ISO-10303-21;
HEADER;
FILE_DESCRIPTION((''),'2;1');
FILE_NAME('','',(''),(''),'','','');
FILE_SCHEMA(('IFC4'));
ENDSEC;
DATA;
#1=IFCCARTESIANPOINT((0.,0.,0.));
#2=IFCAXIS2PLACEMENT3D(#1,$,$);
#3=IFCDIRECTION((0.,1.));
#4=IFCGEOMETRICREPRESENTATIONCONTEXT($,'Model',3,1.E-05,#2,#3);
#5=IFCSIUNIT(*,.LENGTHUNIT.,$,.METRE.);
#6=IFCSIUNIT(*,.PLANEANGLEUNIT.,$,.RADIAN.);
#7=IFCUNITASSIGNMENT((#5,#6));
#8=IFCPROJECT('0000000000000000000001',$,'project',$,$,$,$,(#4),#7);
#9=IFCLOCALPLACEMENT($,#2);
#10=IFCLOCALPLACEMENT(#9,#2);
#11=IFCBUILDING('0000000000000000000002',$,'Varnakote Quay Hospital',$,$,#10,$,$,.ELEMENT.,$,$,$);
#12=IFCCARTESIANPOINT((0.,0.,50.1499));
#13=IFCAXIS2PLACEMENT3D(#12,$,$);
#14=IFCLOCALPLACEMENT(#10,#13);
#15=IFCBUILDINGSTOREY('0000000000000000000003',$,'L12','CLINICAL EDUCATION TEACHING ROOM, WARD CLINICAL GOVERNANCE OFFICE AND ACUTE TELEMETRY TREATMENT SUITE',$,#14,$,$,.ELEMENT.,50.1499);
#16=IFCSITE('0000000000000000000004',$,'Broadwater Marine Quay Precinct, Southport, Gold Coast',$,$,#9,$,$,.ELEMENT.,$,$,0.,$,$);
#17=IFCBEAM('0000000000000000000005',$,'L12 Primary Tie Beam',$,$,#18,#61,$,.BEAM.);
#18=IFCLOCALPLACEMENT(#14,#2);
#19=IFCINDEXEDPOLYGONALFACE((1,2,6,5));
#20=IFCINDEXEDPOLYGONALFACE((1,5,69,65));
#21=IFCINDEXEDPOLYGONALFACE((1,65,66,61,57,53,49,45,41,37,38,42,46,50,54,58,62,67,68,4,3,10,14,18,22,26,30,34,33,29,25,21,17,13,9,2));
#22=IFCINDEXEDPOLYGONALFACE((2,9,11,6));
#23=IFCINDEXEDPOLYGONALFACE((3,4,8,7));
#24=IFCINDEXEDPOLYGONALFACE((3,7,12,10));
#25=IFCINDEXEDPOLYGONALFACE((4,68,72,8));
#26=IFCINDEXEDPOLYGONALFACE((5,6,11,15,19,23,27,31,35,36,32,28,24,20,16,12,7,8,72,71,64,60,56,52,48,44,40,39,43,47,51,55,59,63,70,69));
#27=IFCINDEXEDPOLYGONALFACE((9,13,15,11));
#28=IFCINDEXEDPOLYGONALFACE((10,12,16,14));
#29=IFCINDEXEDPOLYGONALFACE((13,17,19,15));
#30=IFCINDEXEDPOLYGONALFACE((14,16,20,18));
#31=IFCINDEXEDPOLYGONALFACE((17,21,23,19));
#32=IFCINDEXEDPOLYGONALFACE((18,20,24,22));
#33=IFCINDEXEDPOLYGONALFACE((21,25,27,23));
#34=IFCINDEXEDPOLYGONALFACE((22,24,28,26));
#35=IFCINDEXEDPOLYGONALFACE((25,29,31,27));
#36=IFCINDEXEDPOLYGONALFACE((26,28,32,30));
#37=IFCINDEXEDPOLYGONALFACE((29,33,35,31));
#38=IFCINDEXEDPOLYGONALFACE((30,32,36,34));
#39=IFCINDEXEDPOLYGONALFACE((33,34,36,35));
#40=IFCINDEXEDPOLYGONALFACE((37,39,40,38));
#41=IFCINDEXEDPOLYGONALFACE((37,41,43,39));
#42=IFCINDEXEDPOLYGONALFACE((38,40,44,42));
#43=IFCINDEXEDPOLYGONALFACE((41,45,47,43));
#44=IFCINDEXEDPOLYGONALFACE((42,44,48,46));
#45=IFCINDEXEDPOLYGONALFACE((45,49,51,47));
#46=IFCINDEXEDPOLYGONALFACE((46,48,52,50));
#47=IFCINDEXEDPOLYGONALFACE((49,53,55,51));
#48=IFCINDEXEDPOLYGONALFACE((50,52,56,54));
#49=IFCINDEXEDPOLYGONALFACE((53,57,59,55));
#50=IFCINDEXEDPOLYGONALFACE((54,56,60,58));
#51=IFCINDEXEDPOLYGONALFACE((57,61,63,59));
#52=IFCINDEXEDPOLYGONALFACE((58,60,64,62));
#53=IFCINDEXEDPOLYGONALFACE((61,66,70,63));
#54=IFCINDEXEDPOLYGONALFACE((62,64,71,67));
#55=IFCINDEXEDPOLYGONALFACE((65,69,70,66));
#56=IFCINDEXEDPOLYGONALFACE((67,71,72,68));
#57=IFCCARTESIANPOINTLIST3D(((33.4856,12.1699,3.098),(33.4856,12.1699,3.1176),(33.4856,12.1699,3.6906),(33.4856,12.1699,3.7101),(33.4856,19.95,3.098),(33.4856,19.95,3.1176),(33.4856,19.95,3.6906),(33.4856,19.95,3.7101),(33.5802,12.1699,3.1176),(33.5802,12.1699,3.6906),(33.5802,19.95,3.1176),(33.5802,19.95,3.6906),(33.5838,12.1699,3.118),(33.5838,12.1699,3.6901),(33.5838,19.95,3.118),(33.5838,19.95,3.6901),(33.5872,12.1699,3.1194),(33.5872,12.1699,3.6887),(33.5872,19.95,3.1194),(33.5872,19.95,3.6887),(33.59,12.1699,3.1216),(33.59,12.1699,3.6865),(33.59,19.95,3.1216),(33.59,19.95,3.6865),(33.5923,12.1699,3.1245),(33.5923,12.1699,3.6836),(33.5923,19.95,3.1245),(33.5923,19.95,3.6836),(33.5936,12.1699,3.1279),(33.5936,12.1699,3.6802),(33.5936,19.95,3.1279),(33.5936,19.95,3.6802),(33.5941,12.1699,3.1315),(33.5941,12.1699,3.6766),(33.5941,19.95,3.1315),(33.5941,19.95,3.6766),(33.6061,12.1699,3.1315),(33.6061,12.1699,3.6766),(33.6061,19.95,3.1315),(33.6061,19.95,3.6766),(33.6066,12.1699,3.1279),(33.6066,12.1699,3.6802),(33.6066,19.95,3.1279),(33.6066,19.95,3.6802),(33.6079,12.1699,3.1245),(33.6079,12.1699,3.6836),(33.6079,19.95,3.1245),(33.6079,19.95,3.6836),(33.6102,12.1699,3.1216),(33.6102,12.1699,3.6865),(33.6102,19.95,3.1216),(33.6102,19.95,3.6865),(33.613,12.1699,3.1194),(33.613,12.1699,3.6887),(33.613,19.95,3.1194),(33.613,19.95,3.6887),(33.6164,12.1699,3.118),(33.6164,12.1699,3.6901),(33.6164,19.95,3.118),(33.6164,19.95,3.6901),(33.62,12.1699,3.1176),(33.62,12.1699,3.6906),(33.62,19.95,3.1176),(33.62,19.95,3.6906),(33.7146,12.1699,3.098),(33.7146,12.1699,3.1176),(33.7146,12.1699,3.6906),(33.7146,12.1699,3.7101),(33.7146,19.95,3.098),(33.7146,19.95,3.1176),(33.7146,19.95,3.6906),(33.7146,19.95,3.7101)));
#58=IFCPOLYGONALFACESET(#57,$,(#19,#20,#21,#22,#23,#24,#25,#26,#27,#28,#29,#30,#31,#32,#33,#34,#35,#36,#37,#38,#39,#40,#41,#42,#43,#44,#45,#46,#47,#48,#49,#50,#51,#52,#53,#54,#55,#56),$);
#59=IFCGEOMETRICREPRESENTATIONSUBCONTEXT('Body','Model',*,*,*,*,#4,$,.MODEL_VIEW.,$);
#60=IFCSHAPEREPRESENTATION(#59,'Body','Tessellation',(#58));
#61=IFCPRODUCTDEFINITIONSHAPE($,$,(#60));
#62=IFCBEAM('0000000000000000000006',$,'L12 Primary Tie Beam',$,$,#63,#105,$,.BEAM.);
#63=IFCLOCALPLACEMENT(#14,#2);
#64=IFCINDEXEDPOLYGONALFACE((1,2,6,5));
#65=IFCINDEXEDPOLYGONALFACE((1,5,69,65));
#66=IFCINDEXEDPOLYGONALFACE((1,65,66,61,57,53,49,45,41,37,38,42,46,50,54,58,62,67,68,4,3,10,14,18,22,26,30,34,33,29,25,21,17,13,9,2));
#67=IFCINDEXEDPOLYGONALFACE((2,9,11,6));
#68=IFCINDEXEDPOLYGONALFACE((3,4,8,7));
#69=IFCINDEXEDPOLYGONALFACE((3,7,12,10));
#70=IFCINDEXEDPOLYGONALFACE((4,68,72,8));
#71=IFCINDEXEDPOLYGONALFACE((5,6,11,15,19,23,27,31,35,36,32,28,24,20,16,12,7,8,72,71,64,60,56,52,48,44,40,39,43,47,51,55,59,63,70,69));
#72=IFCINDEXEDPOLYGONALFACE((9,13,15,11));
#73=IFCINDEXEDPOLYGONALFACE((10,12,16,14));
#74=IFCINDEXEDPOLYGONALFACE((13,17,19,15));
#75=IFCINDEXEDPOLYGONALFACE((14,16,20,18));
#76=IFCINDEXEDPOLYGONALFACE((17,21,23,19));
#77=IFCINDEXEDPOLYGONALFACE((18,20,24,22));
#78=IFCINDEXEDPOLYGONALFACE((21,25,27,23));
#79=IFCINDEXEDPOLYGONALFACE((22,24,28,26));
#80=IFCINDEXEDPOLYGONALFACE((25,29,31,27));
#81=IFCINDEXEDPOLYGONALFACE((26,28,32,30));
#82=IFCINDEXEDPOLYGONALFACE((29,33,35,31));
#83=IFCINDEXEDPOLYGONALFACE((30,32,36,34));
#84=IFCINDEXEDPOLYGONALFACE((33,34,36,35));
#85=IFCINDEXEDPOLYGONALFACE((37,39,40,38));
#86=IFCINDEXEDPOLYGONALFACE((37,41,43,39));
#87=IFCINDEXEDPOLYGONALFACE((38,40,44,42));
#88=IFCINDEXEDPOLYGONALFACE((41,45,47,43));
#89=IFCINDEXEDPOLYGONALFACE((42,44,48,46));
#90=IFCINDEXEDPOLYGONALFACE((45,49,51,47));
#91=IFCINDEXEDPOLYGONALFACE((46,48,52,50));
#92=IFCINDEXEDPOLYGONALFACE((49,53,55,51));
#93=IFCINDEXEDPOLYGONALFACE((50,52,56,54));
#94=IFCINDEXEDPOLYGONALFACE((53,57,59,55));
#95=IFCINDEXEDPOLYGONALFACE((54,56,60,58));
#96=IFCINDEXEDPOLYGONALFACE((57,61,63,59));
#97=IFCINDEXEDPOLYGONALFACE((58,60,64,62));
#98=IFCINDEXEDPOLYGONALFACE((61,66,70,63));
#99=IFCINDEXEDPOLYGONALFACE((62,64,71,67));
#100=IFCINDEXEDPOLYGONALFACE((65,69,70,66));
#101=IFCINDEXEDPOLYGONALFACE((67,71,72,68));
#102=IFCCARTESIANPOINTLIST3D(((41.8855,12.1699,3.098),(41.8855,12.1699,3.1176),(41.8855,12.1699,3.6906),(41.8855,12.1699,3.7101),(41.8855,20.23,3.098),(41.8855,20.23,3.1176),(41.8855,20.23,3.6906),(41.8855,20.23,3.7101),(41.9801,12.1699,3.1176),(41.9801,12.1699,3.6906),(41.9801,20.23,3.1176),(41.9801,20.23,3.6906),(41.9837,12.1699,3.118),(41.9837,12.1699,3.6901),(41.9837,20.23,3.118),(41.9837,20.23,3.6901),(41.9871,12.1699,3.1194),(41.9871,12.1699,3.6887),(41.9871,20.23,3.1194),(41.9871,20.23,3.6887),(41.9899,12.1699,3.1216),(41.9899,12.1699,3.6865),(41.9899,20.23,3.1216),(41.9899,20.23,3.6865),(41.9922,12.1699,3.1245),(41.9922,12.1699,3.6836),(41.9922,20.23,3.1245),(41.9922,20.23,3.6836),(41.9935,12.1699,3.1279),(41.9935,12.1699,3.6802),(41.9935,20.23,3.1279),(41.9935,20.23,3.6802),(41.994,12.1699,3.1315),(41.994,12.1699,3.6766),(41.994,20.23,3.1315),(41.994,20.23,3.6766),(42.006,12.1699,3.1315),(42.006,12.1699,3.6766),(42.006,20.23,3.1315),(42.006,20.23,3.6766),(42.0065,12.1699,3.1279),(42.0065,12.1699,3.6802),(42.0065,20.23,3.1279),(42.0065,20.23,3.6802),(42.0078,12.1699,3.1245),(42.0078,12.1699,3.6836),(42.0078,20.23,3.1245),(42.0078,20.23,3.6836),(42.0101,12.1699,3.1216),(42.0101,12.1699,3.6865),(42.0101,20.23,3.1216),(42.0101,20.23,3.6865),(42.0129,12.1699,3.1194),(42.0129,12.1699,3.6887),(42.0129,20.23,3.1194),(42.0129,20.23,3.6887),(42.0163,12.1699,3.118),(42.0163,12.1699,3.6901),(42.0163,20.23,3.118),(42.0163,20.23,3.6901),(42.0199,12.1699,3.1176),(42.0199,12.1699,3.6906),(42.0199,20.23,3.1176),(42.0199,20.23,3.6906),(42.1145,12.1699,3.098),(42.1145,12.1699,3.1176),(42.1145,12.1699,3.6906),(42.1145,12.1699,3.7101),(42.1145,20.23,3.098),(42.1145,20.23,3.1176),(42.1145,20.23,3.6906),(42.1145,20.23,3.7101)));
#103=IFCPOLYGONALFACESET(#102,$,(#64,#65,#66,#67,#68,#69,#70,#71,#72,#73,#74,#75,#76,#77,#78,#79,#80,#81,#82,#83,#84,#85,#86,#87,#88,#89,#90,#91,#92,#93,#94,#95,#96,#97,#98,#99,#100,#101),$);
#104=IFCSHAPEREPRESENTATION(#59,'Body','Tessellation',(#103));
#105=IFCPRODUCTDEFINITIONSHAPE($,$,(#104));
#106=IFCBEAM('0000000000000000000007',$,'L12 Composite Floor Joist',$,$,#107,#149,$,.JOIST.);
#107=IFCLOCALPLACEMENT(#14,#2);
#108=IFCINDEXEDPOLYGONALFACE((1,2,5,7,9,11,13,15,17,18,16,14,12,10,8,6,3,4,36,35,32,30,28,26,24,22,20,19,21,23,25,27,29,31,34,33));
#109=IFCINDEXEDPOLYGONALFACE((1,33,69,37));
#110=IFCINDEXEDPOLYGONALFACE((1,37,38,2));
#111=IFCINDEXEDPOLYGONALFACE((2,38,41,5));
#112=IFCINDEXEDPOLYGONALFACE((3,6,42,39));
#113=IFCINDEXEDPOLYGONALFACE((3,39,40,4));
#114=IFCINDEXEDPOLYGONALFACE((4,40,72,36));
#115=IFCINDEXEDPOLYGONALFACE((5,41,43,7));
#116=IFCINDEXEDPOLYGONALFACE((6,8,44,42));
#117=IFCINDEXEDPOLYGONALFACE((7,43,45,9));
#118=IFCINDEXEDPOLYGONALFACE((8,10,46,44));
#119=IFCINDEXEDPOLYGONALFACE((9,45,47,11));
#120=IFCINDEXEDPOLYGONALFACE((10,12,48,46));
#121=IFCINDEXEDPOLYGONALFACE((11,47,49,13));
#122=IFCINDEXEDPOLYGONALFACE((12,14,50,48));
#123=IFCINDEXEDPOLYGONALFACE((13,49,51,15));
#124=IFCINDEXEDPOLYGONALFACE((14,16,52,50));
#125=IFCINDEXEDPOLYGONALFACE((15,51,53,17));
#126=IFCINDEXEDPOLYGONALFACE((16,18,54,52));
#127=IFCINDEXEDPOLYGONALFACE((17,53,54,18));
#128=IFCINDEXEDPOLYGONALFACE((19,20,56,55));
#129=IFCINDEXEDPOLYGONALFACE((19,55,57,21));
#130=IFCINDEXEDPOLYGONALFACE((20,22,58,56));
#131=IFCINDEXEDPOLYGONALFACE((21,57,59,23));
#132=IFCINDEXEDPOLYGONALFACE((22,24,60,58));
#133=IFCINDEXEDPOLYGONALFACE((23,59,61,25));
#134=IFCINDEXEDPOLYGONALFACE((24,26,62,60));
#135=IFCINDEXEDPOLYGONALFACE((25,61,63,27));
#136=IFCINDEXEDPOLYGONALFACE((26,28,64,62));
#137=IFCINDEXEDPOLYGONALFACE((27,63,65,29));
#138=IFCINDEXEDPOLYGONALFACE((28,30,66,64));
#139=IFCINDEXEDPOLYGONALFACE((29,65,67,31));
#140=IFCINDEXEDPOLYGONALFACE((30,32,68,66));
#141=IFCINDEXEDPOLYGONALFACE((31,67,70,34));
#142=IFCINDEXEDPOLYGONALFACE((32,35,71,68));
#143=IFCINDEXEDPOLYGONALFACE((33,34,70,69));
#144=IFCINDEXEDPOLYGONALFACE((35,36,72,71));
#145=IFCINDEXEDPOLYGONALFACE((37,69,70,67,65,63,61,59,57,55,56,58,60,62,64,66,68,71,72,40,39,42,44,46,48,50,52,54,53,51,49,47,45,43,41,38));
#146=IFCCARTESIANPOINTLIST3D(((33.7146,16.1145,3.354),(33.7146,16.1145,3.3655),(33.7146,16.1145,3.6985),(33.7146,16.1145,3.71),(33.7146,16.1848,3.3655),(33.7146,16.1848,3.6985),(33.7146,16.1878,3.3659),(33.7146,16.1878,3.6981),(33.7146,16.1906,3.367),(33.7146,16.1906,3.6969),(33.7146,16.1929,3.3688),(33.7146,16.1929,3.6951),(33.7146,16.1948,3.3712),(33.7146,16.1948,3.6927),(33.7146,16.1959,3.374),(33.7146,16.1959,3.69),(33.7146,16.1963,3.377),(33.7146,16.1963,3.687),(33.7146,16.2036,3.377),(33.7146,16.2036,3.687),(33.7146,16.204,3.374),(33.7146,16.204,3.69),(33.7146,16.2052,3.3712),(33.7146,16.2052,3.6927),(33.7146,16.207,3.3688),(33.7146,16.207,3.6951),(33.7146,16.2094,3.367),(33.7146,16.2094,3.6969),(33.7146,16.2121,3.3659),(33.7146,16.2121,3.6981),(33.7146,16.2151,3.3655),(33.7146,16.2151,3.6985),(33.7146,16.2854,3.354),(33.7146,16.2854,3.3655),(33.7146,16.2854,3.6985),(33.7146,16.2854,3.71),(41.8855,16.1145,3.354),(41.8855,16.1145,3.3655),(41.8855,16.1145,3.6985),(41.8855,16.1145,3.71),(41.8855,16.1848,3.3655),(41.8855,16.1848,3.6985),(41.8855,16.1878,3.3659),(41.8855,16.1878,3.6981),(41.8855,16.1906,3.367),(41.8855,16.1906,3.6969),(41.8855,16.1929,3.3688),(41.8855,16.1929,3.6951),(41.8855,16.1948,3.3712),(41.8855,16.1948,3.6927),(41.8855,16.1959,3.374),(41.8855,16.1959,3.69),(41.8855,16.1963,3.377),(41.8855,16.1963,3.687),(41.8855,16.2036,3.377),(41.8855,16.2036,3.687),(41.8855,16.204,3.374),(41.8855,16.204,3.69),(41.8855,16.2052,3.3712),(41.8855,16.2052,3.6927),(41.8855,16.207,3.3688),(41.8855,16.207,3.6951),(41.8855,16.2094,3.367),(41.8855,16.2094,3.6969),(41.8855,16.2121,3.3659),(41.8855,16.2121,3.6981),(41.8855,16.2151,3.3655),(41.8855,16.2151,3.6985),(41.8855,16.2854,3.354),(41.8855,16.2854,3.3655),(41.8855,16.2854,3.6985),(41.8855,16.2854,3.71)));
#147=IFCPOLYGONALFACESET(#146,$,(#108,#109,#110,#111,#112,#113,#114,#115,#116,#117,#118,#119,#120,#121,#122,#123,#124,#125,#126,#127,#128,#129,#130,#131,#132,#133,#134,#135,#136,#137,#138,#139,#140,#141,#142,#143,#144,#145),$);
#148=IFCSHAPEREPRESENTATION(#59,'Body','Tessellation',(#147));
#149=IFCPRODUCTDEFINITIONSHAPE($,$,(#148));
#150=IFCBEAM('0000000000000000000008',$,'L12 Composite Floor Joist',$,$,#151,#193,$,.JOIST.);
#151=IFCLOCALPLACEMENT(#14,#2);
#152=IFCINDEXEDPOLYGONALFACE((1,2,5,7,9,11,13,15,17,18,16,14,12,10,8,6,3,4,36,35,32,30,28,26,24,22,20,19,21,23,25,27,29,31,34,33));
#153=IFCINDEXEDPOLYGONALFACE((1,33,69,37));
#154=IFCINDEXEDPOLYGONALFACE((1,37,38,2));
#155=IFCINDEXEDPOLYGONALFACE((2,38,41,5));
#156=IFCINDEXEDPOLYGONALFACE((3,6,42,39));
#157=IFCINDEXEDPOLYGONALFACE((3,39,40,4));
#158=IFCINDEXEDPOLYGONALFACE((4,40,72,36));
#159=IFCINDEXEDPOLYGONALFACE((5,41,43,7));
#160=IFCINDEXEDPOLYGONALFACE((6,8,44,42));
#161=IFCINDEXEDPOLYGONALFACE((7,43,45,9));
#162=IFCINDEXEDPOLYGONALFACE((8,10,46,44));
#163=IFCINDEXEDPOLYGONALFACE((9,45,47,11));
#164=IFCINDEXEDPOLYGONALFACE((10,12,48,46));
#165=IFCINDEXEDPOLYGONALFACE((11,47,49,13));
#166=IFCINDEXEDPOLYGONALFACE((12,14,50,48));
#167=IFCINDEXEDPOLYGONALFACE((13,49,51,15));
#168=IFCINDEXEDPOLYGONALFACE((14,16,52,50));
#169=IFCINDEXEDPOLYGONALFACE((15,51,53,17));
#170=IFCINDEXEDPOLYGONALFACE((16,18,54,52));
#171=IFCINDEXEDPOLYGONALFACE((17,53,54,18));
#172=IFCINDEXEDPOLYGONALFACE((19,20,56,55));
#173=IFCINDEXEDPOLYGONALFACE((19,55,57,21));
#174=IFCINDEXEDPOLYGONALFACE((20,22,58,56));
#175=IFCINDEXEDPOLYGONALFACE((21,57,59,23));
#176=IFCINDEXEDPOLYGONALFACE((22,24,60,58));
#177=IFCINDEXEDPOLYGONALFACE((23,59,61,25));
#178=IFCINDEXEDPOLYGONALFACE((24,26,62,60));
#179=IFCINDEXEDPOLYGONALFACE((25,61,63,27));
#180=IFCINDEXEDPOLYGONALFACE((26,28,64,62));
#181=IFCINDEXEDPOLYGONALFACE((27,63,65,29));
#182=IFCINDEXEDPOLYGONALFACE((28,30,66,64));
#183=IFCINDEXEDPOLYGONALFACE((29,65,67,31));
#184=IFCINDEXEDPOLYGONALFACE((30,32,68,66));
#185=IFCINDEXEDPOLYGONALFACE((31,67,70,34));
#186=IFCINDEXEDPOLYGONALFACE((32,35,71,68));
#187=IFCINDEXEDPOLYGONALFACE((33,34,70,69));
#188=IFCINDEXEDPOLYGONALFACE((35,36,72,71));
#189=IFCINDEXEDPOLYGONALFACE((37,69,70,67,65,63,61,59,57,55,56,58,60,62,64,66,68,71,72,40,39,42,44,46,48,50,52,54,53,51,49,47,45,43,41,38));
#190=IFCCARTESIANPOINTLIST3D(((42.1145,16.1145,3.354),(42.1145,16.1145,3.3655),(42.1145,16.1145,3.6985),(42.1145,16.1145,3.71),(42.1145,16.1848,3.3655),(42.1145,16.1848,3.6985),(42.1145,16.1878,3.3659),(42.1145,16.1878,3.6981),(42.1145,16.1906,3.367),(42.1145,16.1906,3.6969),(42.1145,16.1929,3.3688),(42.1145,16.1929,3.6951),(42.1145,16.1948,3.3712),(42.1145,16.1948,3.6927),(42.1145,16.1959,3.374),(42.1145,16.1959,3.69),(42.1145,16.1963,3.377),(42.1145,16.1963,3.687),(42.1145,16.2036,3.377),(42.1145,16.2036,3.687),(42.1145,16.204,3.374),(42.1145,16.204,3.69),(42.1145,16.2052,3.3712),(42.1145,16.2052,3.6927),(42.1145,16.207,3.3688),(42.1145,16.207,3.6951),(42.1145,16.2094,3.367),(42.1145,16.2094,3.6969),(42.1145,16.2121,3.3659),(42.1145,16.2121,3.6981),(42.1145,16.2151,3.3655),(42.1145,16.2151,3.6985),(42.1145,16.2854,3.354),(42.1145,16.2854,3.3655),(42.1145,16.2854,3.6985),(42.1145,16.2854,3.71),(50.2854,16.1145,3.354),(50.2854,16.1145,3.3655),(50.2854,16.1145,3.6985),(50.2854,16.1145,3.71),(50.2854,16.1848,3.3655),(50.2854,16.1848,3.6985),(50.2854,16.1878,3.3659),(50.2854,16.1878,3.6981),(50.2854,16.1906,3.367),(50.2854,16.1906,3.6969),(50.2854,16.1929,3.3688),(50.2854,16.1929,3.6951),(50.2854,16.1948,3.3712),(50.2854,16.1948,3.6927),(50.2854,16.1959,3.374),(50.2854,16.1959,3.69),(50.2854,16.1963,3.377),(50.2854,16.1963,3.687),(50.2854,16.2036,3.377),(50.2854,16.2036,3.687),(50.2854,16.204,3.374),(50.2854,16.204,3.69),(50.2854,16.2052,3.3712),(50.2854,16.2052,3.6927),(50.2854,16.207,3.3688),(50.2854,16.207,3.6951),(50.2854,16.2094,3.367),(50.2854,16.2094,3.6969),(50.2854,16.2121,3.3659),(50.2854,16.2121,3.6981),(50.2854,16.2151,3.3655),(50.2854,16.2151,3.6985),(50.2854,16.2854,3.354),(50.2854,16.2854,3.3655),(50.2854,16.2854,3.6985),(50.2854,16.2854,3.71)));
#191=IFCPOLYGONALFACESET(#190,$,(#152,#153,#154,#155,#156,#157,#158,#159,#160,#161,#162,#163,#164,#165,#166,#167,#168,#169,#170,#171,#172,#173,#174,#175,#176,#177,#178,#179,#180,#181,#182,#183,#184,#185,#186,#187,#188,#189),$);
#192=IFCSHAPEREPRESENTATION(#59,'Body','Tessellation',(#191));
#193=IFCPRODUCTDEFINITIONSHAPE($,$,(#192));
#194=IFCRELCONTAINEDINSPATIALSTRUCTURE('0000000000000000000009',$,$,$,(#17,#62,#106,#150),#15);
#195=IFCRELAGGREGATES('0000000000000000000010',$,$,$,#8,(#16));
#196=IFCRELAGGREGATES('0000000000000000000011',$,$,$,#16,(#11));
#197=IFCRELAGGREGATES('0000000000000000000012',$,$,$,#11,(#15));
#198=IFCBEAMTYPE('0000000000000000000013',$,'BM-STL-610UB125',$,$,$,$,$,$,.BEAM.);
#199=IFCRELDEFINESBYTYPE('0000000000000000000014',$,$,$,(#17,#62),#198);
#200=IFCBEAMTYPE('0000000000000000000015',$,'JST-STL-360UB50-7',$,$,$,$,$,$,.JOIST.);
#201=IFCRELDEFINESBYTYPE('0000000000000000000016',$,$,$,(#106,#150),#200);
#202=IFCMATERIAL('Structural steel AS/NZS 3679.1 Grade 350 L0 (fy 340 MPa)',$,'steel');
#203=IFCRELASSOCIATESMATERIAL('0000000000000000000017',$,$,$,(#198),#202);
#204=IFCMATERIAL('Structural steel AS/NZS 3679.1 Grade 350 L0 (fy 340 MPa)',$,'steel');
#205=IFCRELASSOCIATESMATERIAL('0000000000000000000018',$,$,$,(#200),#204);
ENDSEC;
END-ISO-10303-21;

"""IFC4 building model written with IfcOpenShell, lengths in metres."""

from ifc_helpers import new_model, si_unit, direction, frame, origin, origin_2d, place, context, subcontext, project, spatial, i_section, extrude, material, material_profile, profile_set, type_object, element, save


model = new_model("IFC4")

# Units and contexts
model_context = context("Model", 3, precision=1e-05, world=origin(), true_north=direction((0.0, 1.0)))
body_context = subcontext(model_context, "Body", "Model", "MODEL_VIEW")
ifc_project = project(units=[si_unit("LENGTHUNIT", "METRE"), si_unit("PLANEANGLEUNIT", "RADIAN")], contexts=[model_context])

# Site, building, storey
site_placement = place(None, origin())
site = spatial("IfcSite", under=ifc_project, at=site_placement, Name="Broadwater Marine Quay Precinct, Southport, Gold Coast", CompositionType="ELEMENT", RefElevation=0.0)
building_placement = place(site_placement, origin())
building = spatial("IfcBuilding", under=site, at=building_placement, Name="Varnakote Quay Hospital", CompositionType="ELEMENT")
storey_placement = place(building_placement, frame((0.0, 0.0, 50.1499)))
storey = spatial("IfcBuildingStorey", under=building, at=storey_placement, Name="L12", Description="CLINICAL EDUCATION TEACHING ROOM, WARD CLINICAL GOVERNANCE OFFICE AND ACUTE TELEMETRY TREATMENT SUITE", CompositionType="ELEMENT", Elevation=50.1499)

# Beams
ifc_material_1 = material(Name="Structural steel AS/NZS 3679.1 Grade 350 L0 (fy 340 MPa)", Category="steel")
ifc_material_profile_1 = material_profile(ifc_material_1, i_section(OverallWidth=0.229, OverallDepth=0.6121, WebThickness=0.012, FlangeThickness=0.0195, FilletRadius=0.0139, at=origin_2d()), Name="610UB125")
ifc_profile_set_1 = profile_set([ifc_material_profile_1], Name="Structural steel AS/NZS 3679.1 Grade 350 L0 (fy 340 MPa)")
beam_type_1 = type_object("IfcBeamType", Name="BM-STL-610UB125", PredefinedType="BEAM", material=ifc_profile_set_1)
beam_1_placement = place(storey_placement, frame((33.6001, 12.1699, 3.4041), z_axis=(0.0, 1.0, 0.0), x_axis=(-1.0, 0.0, 0.0)))
element("IfcBeam", 1, at=beam_1_placement, inside=storey, type_object=beam_type_1, Name="L12 Primary Tie Beam", PredefinedType="BEAM", context=body_context, shape_type="SweptSolid", body=[
    extrude(i_section(OverallWidth=0.229, OverallDepth=0.6121, WebThickness=0.012, FlangeThickness=0.0195, FilletRadius=0.0139, at=origin_2d()), origin(), (0.0, 0.0, 1.0), 7.78),
])
beam_2_placement = place(storey_placement, frame((42.0, 12.1699, 3.4041), z_axis=(0.0, 1.0, 0.0), x_axis=(-1.0, 0.0, 0.0)))
element("IfcBeam", 2, at=beam_2_placement, inside=storey, type_object=beam_type_1, Name="L12 Primary Tie Beam", PredefinedType="BEAM", context=body_context, shape_type="SweptSolid", body=[
    extrude(i_section(OverallWidth=0.229, OverallDepth=0.6121, WebThickness=0.012, FlangeThickness=0.0195, FilletRadius=0.0139, at=origin_2d()), origin(), (0.0, 0.0, 1.0), 8.0601),
])
ifc_material_2 = material(Name="Structural steel AS/NZS 3679.1 Grade 350 L0 (fy 340 MPa)", Category="steel")
ifc_material_profile_2 = material_profile(ifc_material_2, i_section(OverallWidth=0.1709, OverallDepth=0.356, WebThickness=0.0073, FlangeThickness=0.0115, FilletRadius=0.0115, at=origin_2d()), Name="360UB50.7")
ifc_profile_set_2 = profile_set([ifc_material_profile_2], Name="Structural steel AS/NZS 3679.1 Grade 350 L0 (fy 340 MPa)")
beam_type_2 = type_object("IfcBeamType", Name="JST-STL-360UB50-7", PredefinedType="JOIST", material=ifc_profile_set_2)
for number, where, z_axis, x_axis, name in (
    (3, (33.7146, 16.2, 3.532), (1.0, 0.0, 0.0), (0.0, 1.0, 0.0), "L12 Composite Floor Joist"),
    (4, (42.1145, 16.2, 3.532), (1.0, 0.0, 0.0), (0.0, 1.0, 0.0), "L12 Composite Floor Joist"),
):
    element("IfcBeam", number, at=place(storey_placement, frame(where, z_axis=z_axis, x_axis=x_axis)), inside=storey, type_object=beam_type_2, Name=name, PredefinedType="JOIST", context=body_context, shape_type="SweptSolid", body=[
        extrude(i_section(OverallWidth=0.1709, OverallDepth=0.356, WebThickness=0.0073, FlangeThickness=0.0115, FilletRadius=0.0115, at=origin_2d()), origin(), (0.0, 0.0, 1.0), 8.1709),
    ])

save(model, "model.ifc")
